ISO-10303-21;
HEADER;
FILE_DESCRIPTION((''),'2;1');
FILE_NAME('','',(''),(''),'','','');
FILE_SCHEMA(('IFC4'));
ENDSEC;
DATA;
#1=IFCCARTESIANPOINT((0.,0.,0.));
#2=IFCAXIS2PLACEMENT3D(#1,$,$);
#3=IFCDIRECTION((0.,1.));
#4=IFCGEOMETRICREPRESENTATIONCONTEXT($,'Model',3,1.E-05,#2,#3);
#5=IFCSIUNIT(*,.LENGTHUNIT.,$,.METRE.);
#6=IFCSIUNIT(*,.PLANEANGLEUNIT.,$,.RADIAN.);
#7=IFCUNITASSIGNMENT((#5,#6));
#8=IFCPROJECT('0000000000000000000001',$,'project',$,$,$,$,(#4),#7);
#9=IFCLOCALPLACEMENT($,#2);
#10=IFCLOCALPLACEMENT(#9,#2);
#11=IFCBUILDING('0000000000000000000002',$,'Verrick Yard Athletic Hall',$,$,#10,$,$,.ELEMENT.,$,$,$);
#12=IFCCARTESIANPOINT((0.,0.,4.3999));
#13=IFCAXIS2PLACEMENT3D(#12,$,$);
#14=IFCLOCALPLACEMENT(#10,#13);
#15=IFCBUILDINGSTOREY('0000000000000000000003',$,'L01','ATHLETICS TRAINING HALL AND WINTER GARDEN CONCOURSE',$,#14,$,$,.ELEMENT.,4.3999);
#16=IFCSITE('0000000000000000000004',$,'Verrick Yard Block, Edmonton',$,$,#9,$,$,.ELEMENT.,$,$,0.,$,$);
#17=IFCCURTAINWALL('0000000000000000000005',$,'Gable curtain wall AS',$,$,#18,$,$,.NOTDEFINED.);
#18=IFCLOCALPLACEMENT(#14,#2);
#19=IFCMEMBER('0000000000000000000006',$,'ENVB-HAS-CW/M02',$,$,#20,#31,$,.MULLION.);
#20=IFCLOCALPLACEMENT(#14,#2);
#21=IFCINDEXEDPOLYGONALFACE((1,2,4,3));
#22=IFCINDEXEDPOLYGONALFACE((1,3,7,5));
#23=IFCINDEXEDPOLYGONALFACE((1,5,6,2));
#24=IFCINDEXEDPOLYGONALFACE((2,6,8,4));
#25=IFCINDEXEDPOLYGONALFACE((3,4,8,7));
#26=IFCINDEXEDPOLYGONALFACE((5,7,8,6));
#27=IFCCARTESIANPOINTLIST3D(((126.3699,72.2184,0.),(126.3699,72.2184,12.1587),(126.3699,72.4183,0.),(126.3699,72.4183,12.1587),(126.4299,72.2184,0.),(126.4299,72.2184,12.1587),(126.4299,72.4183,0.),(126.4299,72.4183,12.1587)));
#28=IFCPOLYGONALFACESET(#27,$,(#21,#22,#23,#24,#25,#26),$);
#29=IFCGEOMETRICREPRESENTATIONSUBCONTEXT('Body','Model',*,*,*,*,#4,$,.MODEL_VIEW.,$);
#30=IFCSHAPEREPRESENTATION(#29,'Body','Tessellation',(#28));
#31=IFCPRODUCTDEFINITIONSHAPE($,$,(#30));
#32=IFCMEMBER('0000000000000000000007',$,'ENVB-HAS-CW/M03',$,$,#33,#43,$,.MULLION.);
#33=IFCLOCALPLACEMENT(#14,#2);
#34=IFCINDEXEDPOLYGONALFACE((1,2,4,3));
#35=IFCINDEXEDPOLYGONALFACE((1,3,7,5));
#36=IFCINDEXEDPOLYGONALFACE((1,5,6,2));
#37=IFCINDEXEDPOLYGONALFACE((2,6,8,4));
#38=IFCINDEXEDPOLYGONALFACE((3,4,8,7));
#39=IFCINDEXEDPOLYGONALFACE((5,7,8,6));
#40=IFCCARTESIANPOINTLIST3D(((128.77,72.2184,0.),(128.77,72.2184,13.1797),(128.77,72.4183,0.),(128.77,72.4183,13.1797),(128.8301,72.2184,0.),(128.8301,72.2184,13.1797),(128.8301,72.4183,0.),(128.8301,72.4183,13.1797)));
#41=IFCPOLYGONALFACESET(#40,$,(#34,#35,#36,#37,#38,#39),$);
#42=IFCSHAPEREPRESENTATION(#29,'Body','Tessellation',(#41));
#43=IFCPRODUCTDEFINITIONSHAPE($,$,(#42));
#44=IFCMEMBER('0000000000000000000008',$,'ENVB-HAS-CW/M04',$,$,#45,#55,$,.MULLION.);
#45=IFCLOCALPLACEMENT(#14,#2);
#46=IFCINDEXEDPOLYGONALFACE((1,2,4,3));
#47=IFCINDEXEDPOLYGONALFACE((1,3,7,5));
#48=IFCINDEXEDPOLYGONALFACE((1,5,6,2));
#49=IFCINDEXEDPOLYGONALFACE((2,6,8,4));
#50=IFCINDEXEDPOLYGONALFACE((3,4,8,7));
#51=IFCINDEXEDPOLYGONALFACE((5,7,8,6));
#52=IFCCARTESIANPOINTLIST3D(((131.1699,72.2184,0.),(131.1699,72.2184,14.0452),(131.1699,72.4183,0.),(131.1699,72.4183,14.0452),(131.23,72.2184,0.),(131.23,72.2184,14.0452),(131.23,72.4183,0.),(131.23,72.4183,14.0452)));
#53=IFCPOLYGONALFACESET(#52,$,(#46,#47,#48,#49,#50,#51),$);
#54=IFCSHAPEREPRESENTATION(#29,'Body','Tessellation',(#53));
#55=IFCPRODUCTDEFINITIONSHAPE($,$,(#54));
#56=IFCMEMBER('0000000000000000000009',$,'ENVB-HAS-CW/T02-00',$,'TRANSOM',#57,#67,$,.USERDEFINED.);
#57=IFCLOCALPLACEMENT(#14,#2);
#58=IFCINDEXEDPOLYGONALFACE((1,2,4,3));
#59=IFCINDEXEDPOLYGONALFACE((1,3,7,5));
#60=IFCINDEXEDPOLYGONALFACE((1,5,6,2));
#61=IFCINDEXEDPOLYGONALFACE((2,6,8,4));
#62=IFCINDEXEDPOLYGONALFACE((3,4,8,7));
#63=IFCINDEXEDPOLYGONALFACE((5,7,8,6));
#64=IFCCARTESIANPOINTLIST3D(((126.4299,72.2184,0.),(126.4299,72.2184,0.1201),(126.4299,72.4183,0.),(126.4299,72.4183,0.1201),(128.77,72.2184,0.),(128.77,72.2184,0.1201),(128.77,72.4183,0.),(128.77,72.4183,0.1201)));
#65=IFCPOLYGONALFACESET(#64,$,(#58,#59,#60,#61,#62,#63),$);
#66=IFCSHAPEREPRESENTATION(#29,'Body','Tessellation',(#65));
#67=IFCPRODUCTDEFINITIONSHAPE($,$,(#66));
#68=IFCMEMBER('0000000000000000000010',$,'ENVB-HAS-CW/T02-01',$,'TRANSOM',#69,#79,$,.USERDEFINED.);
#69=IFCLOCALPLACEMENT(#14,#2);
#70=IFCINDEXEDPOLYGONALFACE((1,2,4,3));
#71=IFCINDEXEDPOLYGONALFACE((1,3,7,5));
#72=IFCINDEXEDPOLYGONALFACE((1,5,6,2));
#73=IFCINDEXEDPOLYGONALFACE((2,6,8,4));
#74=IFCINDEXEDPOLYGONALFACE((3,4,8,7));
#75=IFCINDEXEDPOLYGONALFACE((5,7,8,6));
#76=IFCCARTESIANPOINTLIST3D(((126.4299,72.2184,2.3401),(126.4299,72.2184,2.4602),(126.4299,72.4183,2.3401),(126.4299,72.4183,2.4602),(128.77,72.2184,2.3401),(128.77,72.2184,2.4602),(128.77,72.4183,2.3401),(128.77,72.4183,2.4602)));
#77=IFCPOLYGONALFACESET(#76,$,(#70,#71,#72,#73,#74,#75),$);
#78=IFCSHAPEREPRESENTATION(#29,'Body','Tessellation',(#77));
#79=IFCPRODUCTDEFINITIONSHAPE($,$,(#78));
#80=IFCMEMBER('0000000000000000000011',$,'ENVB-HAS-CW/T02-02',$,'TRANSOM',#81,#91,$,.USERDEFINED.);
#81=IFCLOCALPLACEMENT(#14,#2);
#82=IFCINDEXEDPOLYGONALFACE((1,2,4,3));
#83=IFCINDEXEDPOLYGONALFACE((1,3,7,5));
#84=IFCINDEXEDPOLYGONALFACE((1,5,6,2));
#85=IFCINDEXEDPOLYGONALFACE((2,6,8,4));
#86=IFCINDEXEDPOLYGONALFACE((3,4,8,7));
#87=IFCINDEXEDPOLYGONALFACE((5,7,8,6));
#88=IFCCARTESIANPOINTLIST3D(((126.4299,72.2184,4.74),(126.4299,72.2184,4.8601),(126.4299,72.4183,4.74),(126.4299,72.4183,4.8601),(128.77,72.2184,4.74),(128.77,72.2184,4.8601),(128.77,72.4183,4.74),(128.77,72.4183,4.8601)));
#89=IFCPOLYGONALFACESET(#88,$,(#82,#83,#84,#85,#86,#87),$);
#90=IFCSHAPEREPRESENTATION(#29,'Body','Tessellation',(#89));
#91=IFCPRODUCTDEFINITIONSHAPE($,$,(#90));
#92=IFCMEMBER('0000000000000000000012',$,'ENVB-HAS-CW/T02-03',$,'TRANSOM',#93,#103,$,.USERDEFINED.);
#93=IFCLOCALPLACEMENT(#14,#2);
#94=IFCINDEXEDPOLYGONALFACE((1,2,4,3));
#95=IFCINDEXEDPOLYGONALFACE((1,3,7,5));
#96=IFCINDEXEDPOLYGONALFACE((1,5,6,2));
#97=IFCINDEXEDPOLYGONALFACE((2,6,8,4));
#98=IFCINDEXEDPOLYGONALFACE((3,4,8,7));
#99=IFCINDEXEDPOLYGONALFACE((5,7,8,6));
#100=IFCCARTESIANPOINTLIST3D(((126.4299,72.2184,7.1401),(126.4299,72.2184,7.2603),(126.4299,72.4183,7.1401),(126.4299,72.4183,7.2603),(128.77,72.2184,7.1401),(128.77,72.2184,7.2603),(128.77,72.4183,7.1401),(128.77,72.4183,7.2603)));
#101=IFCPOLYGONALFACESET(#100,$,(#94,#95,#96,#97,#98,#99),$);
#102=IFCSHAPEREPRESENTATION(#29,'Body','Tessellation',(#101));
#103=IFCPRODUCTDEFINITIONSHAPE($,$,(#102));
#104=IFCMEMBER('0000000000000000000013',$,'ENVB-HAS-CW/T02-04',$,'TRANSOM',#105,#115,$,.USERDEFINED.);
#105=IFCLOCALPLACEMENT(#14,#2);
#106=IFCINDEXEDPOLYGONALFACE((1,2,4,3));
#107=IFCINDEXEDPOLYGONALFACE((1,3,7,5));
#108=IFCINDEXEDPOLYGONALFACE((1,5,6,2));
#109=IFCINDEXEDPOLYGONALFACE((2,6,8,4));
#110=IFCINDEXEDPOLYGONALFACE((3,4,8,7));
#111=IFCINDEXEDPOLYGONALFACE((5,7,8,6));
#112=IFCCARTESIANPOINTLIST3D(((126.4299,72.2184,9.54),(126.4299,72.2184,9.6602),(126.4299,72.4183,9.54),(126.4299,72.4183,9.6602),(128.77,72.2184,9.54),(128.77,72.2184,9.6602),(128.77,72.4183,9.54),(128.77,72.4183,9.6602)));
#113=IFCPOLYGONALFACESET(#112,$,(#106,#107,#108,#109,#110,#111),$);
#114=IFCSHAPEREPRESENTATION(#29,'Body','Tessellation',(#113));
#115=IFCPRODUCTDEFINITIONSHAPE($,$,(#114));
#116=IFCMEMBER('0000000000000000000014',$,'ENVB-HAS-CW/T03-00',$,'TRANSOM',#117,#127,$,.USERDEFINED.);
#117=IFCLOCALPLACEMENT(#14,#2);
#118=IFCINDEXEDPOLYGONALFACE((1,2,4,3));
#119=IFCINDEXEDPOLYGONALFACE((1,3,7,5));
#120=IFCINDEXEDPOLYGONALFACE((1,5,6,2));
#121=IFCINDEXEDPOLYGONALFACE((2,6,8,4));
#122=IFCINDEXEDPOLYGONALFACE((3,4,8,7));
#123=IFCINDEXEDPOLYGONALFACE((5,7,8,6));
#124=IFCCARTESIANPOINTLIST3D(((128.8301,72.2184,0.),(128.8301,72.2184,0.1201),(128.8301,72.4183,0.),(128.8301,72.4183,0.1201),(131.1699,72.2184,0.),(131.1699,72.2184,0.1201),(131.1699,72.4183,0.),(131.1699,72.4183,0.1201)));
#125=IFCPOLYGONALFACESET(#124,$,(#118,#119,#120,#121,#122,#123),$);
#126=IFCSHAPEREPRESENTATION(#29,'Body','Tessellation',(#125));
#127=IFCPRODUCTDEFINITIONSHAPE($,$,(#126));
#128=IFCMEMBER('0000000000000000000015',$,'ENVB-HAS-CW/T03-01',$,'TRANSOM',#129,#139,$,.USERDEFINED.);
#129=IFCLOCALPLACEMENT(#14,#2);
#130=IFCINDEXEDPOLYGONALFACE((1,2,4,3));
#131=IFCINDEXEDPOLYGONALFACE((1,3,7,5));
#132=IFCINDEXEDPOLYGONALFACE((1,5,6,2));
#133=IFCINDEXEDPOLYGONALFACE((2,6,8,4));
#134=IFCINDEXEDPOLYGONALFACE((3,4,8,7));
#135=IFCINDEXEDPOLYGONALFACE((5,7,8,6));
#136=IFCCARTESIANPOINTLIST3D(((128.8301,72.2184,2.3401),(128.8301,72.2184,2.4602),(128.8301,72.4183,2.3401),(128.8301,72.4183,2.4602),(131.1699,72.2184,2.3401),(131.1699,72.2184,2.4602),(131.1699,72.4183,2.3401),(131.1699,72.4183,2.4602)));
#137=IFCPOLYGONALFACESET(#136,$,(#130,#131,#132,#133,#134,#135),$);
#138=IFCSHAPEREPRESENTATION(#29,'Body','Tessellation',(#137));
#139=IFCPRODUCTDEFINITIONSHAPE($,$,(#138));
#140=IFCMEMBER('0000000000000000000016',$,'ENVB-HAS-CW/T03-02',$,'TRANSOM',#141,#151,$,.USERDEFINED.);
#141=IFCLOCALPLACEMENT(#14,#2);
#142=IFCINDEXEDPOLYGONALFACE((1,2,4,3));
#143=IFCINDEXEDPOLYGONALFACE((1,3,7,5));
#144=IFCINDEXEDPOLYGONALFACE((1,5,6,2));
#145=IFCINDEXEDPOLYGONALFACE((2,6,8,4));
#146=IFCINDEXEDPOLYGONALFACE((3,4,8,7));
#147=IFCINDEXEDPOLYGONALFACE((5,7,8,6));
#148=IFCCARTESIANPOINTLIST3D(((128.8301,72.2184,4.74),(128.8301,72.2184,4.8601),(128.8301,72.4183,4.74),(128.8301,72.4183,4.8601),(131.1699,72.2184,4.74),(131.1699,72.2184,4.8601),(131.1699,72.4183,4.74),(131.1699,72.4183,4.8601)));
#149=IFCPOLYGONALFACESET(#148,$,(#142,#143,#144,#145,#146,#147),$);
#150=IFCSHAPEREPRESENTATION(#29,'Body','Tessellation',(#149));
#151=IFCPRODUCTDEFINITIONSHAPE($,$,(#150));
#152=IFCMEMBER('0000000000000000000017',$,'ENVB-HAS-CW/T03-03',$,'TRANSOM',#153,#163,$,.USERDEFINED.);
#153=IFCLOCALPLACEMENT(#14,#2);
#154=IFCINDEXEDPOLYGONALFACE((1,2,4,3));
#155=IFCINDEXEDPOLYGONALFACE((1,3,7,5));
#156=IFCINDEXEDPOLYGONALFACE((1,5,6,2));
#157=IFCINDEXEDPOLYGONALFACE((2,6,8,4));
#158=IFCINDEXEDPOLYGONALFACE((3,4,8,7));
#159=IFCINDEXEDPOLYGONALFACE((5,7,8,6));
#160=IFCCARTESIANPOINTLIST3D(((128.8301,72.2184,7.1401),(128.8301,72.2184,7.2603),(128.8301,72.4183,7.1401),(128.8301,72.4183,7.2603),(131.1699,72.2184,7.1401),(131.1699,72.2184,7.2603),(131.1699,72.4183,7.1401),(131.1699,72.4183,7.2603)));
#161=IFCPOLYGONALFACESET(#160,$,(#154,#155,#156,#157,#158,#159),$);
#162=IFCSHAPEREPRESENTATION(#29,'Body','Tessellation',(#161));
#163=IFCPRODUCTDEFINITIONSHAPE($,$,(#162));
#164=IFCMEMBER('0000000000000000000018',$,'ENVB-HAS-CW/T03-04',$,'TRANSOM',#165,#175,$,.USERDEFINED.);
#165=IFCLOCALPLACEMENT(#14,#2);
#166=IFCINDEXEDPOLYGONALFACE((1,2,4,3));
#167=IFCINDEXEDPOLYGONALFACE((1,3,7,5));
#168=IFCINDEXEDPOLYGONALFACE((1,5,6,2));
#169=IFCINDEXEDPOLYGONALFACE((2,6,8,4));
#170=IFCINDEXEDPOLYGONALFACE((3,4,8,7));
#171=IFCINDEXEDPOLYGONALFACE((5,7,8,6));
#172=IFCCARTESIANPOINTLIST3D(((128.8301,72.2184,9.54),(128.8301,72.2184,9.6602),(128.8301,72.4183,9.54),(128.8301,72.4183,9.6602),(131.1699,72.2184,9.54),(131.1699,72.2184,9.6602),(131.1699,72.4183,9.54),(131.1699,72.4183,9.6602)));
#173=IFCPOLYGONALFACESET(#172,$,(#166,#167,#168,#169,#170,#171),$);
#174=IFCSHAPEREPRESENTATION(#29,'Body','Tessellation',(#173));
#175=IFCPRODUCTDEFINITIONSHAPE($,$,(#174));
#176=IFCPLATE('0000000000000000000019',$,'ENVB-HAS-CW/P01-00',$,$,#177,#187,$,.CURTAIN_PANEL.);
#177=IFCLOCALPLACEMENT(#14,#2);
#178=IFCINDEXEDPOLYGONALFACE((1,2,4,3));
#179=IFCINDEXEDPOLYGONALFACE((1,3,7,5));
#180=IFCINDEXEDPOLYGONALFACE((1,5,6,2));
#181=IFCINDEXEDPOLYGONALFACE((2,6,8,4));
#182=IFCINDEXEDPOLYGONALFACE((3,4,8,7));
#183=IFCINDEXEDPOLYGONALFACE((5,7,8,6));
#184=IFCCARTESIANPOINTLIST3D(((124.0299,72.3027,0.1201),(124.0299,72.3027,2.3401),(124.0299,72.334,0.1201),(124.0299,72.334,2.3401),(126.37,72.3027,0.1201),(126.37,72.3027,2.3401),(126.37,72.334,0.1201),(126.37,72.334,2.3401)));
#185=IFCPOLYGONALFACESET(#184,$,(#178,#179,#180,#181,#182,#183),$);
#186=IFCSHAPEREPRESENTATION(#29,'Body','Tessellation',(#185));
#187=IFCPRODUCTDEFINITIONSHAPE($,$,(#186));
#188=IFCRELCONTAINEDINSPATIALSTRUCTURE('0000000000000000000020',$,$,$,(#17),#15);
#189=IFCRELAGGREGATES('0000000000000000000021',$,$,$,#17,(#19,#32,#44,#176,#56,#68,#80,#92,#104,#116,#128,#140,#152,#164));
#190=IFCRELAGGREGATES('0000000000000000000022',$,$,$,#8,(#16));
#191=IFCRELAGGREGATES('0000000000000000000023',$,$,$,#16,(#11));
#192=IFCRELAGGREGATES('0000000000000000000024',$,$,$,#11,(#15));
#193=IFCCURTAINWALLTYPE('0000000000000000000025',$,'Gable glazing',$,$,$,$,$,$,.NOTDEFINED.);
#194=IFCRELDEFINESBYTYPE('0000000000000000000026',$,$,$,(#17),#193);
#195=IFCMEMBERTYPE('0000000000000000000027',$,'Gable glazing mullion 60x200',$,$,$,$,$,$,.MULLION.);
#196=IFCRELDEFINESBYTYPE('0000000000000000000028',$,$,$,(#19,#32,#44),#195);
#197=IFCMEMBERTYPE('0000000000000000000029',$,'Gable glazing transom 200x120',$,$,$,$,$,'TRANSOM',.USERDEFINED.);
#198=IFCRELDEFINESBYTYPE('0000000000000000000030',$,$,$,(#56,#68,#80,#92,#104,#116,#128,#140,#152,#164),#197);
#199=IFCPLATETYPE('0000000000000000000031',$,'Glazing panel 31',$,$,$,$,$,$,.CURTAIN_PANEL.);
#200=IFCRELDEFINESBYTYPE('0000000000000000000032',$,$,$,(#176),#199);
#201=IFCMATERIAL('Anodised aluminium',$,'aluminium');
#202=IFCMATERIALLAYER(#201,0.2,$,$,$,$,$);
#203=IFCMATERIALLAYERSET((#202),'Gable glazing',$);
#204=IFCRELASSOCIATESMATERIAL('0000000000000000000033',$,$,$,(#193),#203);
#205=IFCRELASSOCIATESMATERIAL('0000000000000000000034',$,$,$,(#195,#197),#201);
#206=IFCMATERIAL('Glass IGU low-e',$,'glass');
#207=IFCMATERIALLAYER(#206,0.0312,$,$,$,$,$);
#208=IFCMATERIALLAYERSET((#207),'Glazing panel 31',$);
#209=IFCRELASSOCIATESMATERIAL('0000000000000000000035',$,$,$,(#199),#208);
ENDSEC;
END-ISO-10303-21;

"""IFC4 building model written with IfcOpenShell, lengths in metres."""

from ifc_helpers import new_model, si_unit, direction, frame, origin, origin_2d, place, context, subcontext, project, spatial, rectangle, extrude, material, layer, layer_set, material_profile, profile_set, type_object, element, aggregate, save


model = new_model("IFC4")

# Units and contexts
model_context = context("Model", 3, precision=1e-05, world=origin(), true_north=direction((0.0, 1.0)))
body_context = subcontext(model_context, "Body", "Model", "MODEL_VIEW")
ifc_project = project(units=[si_unit("LENGTHUNIT", "METRE"), si_unit("PLANEANGLEUNIT", "RADIAN")], contexts=[model_context])

# Site, building, storey
site_placement = place(None, origin())
site = spatial("IfcSite", under=ifc_project, at=site_placement, Name="Verrick Yard Block, Edmonton", CompositionType="ELEMENT", RefElevation=0.0)
building_placement = place(site_placement, origin())
building = spatial("IfcBuilding", under=site, at=building_placement, Name="Verrick Yard Athletic Hall", CompositionType="ELEMENT")
storey_placement = place(building_placement, frame((0.0, 0.0, 4.3999)))
storey = spatial("IfcBuildingStorey", under=building, at=storey_placement, Name="L01", Description="ATHLETICS TRAINING HALL AND WINTER GARDEN CONCOURSE", CompositionType="ELEMENT", Elevation=4.3999)

# Curtain wall, members, plate
ifc_material_1 = material(Name="Anodised aluminium", Category="aluminium")
ifc_layer_1 = layer(ifc_material_1, 0.2)
ifc_layer_set_1 = layer_set([ifc_layer_1], Name="Gable glazing")
curtain_wall_type = type_object("IfcCurtainWallType", Name="Gable glazing", PredefinedType="NOTDEFINED", material=ifc_layer_set_1)
curtain_wall_placement = place(storey_placement, origin())
curtain_wall = element("IfcCurtainWall", 1, at=curtain_wall_placement, inside=storey, type_object=curtain_wall_type, Name="Gable curtain wall AS", PredefinedType="NOTDEFINED")
ifc_material_profile_1 = material_profile(ifc_material_1, rectangle(XDim=0.2, YDim=0.0601, at=origin_2d()), Name="CW gable mullion 60x200")
ifc_profile_set_1 = profile_set([ifc_material_profile_1], Name="Anodised aluminium")
member_type_1 = type_object("IfcMemberType", Name="Gable glazing mullion 60x200", PredefinedType="MULLION", material=ifc_profile_set_1)
member_1_placement = place(storey_placement, frame((126.3999, 72.3184, 0.0), z_axis=(0.0, 0.0, 1.0), x_axis=(0.0, 1.0, 0.0)))
member_1 = element("IfcMember", 2, at=member_1_placement, type_object=member_type_1, Name="ENVB-HAS-CW/M02", PredefinedType="MULLION", context=body_context, shape_type="SweptSolid", body=[
    extrude(rectangle(XDim=0.2, YDim=0.0601, at=origin_2d()), origin(), (0.0, 0.0, 1.0), 12.1587),
])
member_2_placement = place(storey_placement, frame((128.8, 72.3184, 0.0), z_axis=(0.0, 0.0, 1.0), x_axis=(0.0, 1.0, 0.0)))
member_2 = element("IfcMember", 3, at=member_2_placement, type_object=member_type_1, Name="ENVB-HAS-CW/M03", PredefinedType="MULLION", context=body_context, shape_type="SweptSolid", body=[
    extrude(rectangle(XDim=0.2, YDim=0.0601, at=origin_2d()), origin(), (0.0, 0.0, 1.0), 13.1797),
])
member_3_placement = place(storey_placement, frame((131.2, 72.3184, 0.0), z_axis=(0.0, 0.0, 1.0), x_axis=(0.0, 1.0, 0.0)))
member_3 = element("IfcMember", 4, at=member_3_placement, type_object=member_type_1, Name="ENVB-HAS-CW/M04", PredefinedType="MULLION", context=body_context, shape_type="SweptSolid", body=[
    extrude(rectangle(XDim=0.2, YDim=0.0601, at=origin_2d()), origin(), (0.0, 0.0, 1.0), 14.0452),
])
ifc_material_profile_2 = material_profile(ifc_material_1, rectangle(XDim=0.2, YDim=0.1201, at=origin_2d()), Name="CW gable transom 200x120")
ifc_profile_set_2 = profile_set([ifc_material_profile_2], Name="Anodised aluminium")
member_type_2 = type_object("IfcMemberType", Name="Gable glazing transom 200x120", ElementType="TRANSOM", PredefinedType="USERDEFINED", material=ifc_profile_set_2)
member_4_placement = place(storey_placement, frame((126.4299, 72.3184, 0.0601), z_axis=(1.0, 0.0, 0.0), x_axis=(0.0, 1.0, 0.0)))
member_4 = element("IfcMember", 5, at=member_4_placement, type_object=member_type_2, Name="ENVB-HAS-CW/T02-00", ObjectType="TRANSOM", PredefinedType="USERDEFINED", context=body_context, shape_type="SweptSolid", body=[
    extrude(rectangle(XDim=0.2, YDim=0.1201, at=origin_2d()), origin(), (0.0, 0.0, 1.0), 2.3401),
])
member_5_placement = place(storey_placement, frame((126.4299, 72.3184, 2.4001), z_axis=(1.0, 0.0, 0.0), x_axis=(0.0, 1.0, 0.0)))
member_5 = element("IfcMember", 6, at=member_5_placement, type_object=member_type_2, Name="ENVB-HAS-CW/T02-01", ObjectType="TRANSOM", PredefinedType="USERDEFINED", context=body_context, shape_type="SweptSolid", body=[
    extrude(rectangle(XDim=0.2, YDim=0.1201, at=origin_2d()), origin(), (0.0, 0.0, 1.0), 2.3401),
])
member_6_placement = place(storey_placement, frame((126.4299, 72.3184, 4.8), z_axis=(1.0, 0.0, 0.0), x_axis=(0.0, 1.0, 0.0)))
member_6 = element("IfcMember", 7, at=member_6_placement, type_object=member_type_2, Name="ENVB-HAS-CW/T02-02", ObjectType="TRANSOM", PredefinedType="USERDEFINED", context=body_context, shape_type="SweptSolid", body=[
    extrude(rectangle(XDim=0.2, YDim=0.1201, at=origin_2d()), origin(), (0.0, 0.0, 1.0), 2.3401),
])
member_7_placement = place(storey_placement, frame((126.4299, 72.3184, 7.2002), z_axis=(1.0, 0.0, 0.0), x_axis=(0.0, 1.0, 0.0)))
member_7 = element("IfcMember", 8, at=member_7_placement, type_object=member_type_2, Name="ENVB-HAS-CW/T02-03", ObjectType="TRANSOM", PredefinedType="USERDEFINED", context=body_context, shape_type="SweptSolid", body=[
    extrude(rectangle(XDim=0.2, YDim=0.1201, at=origin_2d()), origin(), (0.0, 0.0, 1.0), 2.3401),
])
member_8_placement = place(storey_placement, frame((126.4299, 72.3184, 9.6001), z_axis=(1.0, 0.0, 0.0), x_axis=(0.0, 1.0, 0.0)))
member_8 = element("IfcMember", 9, at=member_8_placement, type_object=member_type_2, Name="ENVB-HAS-CW/T02-04", ObjectType="TRANSOM", PredefinedType="USERDEFINED", context=body_context, shape_type="SweptSolid", body=[
    extrude(rectangle(XDim=0.2, YDim=0.1201, at=origin_2d()), origin(), (0.0, 0.0, 1.0), 2.3401),
])
member_9_placement = place(storey_placement, frame((128.8301, 72.3184, 0.0601), z_axis=(1.0, 0.0, 0.0), x_axis=(0.0, 1.0, 0.0)))
member_9 = element("IfcMember", 10, at=member_9_placement, type_object=member_type_2, Name="ENVB-HAS-CW/T03-00", ObjectType="TRANSOM", PredefinedType="USERDEFINED", context=body_context, shape_type="SweptSolid", body=[
    extrude(rectangle(XDim=0.2, YDim=0.1201, at=origin_2d()), origin(), (0.0, 0.0, 1.0), 2.3398),
])
member_10_placement = place(storey_placement, frame((128.8301, 72.3184, 2.4001), z_axis=(1.0, 0.0, 0.0), x_axis=(0.0, 1.0, 0.0)))
member_10 = element("IfcMember", 11, at=member_10_placement, type_object=member_type_2, Name="ENVB-HAS-CW/T03-01", ObjectType="TRANSOM", PredefinedType="USERDEFINED", context=body_context, shape_type="SweptSolid", body=[
    extrude(rectangle(XDim=0.2, YDim=0.1201, at=origin_2d()), origin(), (0.0, 0.0, 1.0), 2.3398),
])
member_11_placement = place(storey_placement, frame((128.8301, 72.3184, 4.8), z_axis=(1.0, 0.0, 0.0), x_axis=(0.0, 1.0, 0.0)))
member_11 = element("IfcMember", 12, at=member_11_placement, type_object=member_type_2, Name="ENVB-HAS-CW/T03-02", ObjectType="TRANSOM", PredefinedType="USERDEFINED", context=body_context, shape_type="SweptSolid", body=[
    extrude(rectangle(XDim=0.2, YDim=0.1201, at=origin_2d()), origin(), (0.0, 0.0, 1.0), 2.3398),
])
member_12_placement = place(storey_placement, frame((128.8301, 72.3184, 7.2002), z_axis=(1.0, 0.0, 0.0), x_axis=(0.0, 1.0, 0.0)))
member_12 = element("IfcMember", 13, at=member_12_placement, type_object=member_type_2, Name="ENVB-HAS-CW/T03-03", ObjectType="TRANSOM", PredefinedType="USERDEFINED", context=body_context, shape_type="SweptSolid", body=[
    extrude(rectangle(XDim=0.2, YDim=0.1201, at=origin_2d()), origin(), (0.0, 0.0, 1.0), 2.3398),
])
member_13_placement = place(storey_placement, frame((128.8301, 72.3184, 9.6001), z_axis=(1.0, 0.0, 0.0), x_axis=(0.0, 1.0, 0.0)))
member_13 = element("IfcMember", 14, at=member_13_placement, type_object=member_type_2, Name="ENVB-HAS-CW/T03-04", ObjectType="TRANSOM", PredefinedType="USERDEFINED", context=body_context, shape_type="SweptSolid", body=[
    extrude(rectangle(XDim=0.2, YDim=0.1201, at=origin_2d()), origin(), (0.0, 0.0, 1.0), 2.3398),
])
ifc_material_2 = material(Name="Glass IGU low-e", Category="glass")
ifc_layer_2 = layer(ifc_material_2, 0.0312)
ifc_layer_set_2 = layer_set([ifc_layer_2], Name="Glazing panel 31")
plate_type = type_object("IfcPlateType", Name="Glazing panel 31", PredefinedType="CURTAIN_PANEL", material=ifc_layer_set_2)
plate_1_placement = place(storey_placement, frame((125.2, 72.3184, 0.1201), z_axis=(0.0, 0.0, 1.0), x_axis=(1.0, 0.0, 0.0)))
plate_1 = element("IfcPlate", 15, at=plate_1_placement, type_object=plate_type, Name="ENVB-HAS-CW/P01-00", PredefinedType="CURTAIN_PANEL", context=body_context, shape_type="SweptSolid", body=[
    extrude(rectangle(XDim=2.3401, YDim=0.0312, at=origin_2d()), origin(), (0.0, 0.0, 1.0), 2.22),
])
aggregate(curtain_wall, [member_1, member_2, member_3, plate_1, member_4, member_5, member_6, member_7, member_8, member_9, member_10, member_11, member_12, member_13])

save(model, "model.ifc")
